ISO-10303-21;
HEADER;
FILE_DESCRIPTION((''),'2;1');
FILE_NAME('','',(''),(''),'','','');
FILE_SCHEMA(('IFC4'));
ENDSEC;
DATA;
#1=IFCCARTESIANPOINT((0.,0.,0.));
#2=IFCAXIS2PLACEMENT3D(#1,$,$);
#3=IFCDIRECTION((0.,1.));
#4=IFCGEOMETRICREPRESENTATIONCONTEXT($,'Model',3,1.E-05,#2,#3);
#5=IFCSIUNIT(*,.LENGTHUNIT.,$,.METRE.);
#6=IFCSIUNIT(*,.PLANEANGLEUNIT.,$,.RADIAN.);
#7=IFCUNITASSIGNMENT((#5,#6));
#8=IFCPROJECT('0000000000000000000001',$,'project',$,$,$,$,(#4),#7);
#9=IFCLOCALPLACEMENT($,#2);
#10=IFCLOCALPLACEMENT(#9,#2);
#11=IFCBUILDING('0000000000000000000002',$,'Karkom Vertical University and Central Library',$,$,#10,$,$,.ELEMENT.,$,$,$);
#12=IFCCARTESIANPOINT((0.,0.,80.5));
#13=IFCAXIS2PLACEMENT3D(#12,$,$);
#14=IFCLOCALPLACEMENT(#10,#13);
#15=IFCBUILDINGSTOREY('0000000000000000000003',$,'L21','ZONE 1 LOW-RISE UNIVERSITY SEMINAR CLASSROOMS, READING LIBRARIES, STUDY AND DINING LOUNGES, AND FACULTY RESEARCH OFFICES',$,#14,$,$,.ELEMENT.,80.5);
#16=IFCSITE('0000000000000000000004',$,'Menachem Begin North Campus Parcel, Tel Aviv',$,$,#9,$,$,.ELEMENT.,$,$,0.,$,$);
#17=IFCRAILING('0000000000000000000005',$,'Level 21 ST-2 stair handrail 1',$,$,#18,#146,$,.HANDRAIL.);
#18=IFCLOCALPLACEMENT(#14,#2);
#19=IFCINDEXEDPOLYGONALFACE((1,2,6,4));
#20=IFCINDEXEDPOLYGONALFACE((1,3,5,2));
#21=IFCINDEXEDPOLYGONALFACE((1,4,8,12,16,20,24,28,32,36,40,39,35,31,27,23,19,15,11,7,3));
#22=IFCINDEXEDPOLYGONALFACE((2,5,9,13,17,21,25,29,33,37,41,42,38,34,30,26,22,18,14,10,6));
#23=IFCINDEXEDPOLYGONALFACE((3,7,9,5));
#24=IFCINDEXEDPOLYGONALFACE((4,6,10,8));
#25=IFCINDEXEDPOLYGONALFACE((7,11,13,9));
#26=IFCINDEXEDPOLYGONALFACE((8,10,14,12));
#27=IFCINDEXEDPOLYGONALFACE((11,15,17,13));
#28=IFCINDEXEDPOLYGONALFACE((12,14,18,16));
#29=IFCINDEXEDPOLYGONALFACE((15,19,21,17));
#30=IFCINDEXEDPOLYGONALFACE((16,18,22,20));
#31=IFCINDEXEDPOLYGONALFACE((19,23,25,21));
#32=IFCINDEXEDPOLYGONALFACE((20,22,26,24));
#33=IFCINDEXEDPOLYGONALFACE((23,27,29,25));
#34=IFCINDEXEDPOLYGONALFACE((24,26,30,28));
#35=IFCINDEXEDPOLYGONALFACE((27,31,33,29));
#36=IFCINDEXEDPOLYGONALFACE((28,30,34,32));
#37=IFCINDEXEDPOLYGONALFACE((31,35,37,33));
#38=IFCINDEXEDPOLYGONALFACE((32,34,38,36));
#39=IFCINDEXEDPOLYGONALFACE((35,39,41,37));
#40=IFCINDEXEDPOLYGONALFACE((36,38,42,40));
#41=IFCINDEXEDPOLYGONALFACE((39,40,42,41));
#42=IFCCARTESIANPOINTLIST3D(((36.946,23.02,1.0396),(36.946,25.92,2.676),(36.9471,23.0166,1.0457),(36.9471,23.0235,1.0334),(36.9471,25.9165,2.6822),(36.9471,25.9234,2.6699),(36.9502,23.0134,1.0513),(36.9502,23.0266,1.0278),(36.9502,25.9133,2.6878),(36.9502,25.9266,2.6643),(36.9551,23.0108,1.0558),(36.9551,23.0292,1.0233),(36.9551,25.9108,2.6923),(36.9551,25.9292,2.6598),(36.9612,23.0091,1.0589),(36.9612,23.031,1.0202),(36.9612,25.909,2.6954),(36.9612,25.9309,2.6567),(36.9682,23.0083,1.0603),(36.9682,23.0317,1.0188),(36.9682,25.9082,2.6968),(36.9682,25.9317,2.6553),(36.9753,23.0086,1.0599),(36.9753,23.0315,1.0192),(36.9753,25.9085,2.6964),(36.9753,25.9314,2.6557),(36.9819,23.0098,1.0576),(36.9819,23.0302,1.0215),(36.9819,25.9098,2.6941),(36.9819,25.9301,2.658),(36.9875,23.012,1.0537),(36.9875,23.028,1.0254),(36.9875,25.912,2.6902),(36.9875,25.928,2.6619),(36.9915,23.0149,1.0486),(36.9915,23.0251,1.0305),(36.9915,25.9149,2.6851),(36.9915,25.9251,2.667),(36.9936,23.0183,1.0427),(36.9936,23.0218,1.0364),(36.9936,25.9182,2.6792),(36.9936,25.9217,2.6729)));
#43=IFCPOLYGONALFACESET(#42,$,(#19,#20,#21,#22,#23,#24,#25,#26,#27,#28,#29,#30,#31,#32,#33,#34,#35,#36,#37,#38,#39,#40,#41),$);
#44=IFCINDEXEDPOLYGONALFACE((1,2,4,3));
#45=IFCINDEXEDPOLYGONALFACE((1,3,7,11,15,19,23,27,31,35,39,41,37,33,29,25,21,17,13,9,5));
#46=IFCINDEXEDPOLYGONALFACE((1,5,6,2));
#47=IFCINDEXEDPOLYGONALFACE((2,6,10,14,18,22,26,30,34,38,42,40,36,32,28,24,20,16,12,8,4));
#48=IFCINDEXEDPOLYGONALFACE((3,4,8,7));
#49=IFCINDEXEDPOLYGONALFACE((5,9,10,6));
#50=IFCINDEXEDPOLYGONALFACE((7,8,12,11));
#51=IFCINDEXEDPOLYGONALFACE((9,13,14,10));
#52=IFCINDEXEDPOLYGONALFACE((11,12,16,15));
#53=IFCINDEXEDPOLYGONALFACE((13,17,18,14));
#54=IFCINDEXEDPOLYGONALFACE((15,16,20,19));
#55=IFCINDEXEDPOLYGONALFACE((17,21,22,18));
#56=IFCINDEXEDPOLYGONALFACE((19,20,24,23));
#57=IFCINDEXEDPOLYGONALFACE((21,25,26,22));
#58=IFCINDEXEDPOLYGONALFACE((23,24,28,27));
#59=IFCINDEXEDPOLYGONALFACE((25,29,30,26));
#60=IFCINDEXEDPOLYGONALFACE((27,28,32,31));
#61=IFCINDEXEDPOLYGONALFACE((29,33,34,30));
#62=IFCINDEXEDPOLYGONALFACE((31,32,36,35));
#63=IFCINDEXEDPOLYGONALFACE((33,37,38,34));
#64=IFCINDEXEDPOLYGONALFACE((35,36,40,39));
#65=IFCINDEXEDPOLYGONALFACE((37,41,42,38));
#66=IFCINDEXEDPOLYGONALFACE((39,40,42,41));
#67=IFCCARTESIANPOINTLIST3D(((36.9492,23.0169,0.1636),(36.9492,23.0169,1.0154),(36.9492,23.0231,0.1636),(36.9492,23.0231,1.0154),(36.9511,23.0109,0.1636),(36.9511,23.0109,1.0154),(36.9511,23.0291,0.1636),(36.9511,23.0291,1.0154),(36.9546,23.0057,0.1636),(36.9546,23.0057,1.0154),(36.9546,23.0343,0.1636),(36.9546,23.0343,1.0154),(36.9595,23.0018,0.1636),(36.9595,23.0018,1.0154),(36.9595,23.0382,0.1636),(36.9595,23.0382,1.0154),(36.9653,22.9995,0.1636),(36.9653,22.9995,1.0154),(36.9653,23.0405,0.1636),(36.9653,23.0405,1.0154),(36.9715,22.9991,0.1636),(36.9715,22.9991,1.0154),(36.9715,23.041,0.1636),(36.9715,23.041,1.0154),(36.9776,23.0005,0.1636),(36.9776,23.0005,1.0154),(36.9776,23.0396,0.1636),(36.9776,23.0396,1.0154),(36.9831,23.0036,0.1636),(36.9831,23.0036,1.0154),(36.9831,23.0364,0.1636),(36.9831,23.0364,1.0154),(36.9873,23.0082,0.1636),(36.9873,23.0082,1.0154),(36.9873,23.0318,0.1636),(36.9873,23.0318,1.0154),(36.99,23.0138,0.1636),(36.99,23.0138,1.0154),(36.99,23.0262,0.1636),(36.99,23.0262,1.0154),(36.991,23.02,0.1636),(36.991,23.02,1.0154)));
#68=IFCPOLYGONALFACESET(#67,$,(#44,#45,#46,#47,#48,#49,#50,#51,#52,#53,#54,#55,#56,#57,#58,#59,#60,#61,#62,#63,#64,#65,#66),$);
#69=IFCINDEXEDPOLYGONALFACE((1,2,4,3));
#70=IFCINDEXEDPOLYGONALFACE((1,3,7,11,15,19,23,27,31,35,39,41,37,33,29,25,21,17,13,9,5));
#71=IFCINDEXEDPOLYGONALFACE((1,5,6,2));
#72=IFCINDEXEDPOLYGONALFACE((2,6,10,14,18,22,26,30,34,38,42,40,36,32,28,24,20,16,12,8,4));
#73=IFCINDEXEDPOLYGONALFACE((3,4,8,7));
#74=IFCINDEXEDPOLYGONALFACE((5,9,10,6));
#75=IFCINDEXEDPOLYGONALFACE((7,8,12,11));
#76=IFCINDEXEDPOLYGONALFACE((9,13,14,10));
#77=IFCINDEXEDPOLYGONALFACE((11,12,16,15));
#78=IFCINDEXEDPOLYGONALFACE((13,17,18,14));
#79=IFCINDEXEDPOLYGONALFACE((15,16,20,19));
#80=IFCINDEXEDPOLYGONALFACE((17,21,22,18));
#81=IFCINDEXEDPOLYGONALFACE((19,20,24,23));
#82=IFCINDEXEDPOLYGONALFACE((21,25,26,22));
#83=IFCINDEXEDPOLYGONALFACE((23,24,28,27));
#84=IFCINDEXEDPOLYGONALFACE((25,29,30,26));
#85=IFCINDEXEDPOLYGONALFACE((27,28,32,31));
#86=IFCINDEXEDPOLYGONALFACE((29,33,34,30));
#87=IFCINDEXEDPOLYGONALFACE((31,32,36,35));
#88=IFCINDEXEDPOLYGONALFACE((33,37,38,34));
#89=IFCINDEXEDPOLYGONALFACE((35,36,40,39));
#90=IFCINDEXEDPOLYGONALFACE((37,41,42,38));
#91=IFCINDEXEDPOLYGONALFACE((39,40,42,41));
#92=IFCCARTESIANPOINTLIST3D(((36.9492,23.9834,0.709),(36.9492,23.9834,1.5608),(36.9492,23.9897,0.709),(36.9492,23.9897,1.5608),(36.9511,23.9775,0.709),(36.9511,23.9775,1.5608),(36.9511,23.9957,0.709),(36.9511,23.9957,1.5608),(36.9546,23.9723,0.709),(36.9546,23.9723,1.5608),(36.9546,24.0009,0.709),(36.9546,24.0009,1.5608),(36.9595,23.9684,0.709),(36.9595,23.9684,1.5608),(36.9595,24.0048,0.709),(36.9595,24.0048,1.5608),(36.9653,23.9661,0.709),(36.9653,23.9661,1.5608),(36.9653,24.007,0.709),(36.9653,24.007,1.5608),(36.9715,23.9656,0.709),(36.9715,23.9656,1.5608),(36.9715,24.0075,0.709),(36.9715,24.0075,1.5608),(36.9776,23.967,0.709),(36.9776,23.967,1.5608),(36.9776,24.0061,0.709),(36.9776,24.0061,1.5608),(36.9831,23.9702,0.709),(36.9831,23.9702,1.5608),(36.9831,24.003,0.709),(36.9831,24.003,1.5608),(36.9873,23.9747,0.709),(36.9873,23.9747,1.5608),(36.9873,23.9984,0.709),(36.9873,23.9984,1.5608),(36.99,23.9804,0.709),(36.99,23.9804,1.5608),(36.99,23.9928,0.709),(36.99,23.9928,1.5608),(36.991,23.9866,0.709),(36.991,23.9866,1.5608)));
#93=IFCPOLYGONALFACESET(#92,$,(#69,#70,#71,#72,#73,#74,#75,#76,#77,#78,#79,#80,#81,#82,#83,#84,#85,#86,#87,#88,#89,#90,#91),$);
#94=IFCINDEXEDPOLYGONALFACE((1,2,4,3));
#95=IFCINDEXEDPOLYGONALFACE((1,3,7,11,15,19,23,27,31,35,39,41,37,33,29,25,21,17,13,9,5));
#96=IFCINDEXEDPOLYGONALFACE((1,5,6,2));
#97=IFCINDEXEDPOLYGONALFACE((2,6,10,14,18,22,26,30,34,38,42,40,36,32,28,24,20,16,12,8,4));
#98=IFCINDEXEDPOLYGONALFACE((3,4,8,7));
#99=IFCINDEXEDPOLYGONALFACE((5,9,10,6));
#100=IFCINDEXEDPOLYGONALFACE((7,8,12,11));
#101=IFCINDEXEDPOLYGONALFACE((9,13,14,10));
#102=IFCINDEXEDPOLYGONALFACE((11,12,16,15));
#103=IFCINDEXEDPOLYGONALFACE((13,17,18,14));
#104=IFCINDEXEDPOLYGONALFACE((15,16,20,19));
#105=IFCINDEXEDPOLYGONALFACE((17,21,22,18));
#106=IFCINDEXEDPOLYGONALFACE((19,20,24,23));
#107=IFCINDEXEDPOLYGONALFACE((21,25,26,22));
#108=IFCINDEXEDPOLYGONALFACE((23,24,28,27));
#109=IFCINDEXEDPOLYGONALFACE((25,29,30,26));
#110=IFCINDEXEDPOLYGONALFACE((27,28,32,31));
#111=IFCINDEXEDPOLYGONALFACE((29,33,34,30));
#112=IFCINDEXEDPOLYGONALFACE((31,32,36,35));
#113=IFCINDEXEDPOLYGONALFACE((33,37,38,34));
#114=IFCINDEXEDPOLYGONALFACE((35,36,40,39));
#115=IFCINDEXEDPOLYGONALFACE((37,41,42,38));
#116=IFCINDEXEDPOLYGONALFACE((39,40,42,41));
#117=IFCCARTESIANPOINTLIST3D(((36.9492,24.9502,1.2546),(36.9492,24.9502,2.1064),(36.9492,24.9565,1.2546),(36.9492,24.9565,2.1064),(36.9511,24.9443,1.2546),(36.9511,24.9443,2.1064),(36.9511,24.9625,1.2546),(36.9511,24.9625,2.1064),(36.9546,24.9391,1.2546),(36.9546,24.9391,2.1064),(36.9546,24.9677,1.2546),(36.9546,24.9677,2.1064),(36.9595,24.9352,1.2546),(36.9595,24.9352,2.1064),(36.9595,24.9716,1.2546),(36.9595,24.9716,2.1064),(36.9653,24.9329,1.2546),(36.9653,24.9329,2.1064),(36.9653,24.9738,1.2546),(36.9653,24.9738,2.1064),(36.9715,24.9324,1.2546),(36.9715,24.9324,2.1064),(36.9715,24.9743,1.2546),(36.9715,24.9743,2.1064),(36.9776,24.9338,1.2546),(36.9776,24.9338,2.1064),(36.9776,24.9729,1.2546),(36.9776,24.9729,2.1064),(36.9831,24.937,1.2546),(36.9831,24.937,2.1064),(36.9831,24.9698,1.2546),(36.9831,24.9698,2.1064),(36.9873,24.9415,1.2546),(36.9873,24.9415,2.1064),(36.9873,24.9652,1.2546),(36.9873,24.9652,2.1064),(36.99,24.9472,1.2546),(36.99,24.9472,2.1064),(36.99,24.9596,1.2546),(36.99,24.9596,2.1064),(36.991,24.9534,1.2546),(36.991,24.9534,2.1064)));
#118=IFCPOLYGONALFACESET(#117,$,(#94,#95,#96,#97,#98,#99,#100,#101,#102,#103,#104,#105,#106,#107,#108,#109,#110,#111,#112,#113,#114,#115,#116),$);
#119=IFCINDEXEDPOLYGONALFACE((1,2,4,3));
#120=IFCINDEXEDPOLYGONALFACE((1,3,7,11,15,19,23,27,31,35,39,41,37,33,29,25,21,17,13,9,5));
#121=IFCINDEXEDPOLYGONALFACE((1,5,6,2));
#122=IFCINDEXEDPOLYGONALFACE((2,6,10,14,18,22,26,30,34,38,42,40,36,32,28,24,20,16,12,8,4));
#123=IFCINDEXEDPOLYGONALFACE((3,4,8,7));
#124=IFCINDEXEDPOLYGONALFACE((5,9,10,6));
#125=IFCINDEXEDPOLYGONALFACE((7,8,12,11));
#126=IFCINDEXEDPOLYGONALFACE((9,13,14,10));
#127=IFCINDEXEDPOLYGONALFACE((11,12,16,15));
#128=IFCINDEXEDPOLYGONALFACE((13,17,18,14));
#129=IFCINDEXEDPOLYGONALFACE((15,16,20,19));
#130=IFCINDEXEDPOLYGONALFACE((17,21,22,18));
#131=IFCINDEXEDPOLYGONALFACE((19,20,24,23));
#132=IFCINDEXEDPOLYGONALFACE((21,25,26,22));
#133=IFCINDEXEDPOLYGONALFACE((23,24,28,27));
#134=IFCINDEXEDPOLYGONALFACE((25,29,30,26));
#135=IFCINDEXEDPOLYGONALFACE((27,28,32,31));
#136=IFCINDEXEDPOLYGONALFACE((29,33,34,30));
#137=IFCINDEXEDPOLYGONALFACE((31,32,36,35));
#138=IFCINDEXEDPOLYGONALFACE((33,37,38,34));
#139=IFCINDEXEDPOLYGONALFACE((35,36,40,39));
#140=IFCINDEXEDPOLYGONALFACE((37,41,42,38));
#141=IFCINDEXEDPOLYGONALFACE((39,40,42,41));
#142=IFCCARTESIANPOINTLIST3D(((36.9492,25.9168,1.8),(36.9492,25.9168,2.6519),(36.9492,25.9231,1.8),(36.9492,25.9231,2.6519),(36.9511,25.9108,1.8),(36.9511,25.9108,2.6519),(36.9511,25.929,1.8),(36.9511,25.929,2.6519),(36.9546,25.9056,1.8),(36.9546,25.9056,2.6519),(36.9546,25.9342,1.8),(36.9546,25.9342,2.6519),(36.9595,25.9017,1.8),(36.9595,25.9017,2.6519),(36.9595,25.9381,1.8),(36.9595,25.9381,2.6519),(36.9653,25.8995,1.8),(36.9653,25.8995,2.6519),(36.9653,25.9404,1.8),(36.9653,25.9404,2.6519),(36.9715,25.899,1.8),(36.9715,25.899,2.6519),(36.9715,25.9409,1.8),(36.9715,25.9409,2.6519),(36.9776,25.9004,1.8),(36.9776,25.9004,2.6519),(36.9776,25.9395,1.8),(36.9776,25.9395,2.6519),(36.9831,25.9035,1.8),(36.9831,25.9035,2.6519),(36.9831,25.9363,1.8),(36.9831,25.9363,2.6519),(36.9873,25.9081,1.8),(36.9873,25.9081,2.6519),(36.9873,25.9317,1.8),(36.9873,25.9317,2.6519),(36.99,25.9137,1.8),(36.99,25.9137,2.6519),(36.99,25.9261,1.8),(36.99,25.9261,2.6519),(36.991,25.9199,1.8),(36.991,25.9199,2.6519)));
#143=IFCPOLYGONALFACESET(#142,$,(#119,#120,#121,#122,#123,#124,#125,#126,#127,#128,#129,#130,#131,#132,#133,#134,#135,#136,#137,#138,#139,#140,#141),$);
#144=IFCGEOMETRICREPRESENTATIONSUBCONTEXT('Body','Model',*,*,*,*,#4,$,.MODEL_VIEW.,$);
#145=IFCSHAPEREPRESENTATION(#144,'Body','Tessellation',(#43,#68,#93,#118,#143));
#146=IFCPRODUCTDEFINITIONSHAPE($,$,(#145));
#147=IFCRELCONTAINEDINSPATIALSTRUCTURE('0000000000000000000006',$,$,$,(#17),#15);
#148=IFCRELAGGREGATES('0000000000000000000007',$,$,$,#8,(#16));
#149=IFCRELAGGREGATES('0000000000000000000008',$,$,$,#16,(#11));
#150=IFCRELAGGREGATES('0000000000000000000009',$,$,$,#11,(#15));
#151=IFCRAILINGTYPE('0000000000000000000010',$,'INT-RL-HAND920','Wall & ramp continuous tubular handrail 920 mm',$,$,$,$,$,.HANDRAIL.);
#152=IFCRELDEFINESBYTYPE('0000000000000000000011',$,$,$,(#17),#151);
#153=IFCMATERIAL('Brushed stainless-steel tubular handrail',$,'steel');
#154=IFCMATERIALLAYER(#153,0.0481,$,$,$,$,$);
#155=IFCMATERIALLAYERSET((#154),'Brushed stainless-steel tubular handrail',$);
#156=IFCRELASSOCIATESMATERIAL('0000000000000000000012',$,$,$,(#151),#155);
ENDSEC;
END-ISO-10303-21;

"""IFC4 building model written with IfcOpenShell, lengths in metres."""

from ifc_helpers import new_model, si_unit, direction, frame, origin, origin_2d, place, context, subcontext, project, spatial, circle, extrude, material, layer, layer_set, type_object, element, save


model = new_model("IFC4")

# Units and contexts
model_context = context("Model", 3, precision=1e-05, world=origin(), true_north=direction((0.0, 1.0)))
body_context = subcontext(model_context, "Body", "Model", "MODEL_VIEW")
ifc_project = project(units=[si_unit("LENGTHUNIT", "METRE"), si_unit("PLANEANGLEUNIT", "RADIAN")], contexts=[model_context])

# Site, building, storey
site_placement = place(None, origin())
site = spatial("IfcSite", under=ifc_project, at=site_placement, Name="Menachem Begin North Campus Parcel, Tel Aviv", CompositionType="ELEMENT", RefElevation=0.0)
building_placement = place(site_placement, origin())
building = spatial("IfcBuilding", under=site, at=building_placement, Name="Karkom Vertical University and Central Library", CompositionType="ELEMENT")
storey_placement = place(building_placement, frame((0.0, 0.0, 80.5)))
storey = spatial("IfcBuildingStorey", under=building, at=storey_placement, Name="L21", Description="ZONE 1 LOW-RISE UNIVERSITY SEMINAR CLASSROOMS, READING LIBRARIES, STUDY AND DINING LOUNGES, AND FACULTY RESEARCH OFFICES", CompositionType="ELEMENT", Elevation=80.5)

# Railing
ifc_material_1 = material(Name="Brushed stainless-steel tubular handrail", Category="steel")
ifc_layer_1 = layer(ifc_material_1, 0.0481)
ifc_layer_set_1 = layer_set([ifc_layer_1], Name="Brushed stainless-steel tubular handrail")
railing_type_1 = type_object("IfcRailingType", Name="INT-RL-HAND920", Description="Wall & ramp continuous tubular handrail 920 mm", PredefinedType="HANDRAIL", material=ifc_layer_set_1)
railing_1_placement = place(storey_placement, frame((36.97, 23.02, 0.1636)))
element("IfcRailing", 1, at=railing_1_placement, inside=storey, type_object=railing_type_1, Name="Level 21 ST-2 stair handrail 1", PredefinedType="HANDRAIL", context=body_context, shape_type="SweptSolid", body=[
    extrude(circle(Radius=0.0239, at=origin_2d()), frame((0.0, 0.0, 0.876), z_axis=(0.0, 0.870897, 0.491465), x_axis=(-1.0, 0.0, 0.0)), (0.0, 0.0, 1.0), 3.3298),
    extrude(circle(Radius=0.021, at=origin_2d()), origin(), (0.0, 0.0, 1.0), 0.8518),
    extrude(circle(Radius=0.021, at=origin_2d()), frame((0.0, 0.9666, 0.5454)), (0.0, 0.0, 1.0), 0.8518),
    extrude(circle(Radius=0.021, at=origin_2d()), frame((0.0, 1.9333, 1.0911)), (0.0, 0.0, 1.0), 0.8518),
    extrude(circle(Radius=0.021, at=origin_2d()), frame((0.0, 2.8999, 1.6365)), (0.0, 0.0, 1.0), 0.8518),
])

save(model, "model.ifc")
